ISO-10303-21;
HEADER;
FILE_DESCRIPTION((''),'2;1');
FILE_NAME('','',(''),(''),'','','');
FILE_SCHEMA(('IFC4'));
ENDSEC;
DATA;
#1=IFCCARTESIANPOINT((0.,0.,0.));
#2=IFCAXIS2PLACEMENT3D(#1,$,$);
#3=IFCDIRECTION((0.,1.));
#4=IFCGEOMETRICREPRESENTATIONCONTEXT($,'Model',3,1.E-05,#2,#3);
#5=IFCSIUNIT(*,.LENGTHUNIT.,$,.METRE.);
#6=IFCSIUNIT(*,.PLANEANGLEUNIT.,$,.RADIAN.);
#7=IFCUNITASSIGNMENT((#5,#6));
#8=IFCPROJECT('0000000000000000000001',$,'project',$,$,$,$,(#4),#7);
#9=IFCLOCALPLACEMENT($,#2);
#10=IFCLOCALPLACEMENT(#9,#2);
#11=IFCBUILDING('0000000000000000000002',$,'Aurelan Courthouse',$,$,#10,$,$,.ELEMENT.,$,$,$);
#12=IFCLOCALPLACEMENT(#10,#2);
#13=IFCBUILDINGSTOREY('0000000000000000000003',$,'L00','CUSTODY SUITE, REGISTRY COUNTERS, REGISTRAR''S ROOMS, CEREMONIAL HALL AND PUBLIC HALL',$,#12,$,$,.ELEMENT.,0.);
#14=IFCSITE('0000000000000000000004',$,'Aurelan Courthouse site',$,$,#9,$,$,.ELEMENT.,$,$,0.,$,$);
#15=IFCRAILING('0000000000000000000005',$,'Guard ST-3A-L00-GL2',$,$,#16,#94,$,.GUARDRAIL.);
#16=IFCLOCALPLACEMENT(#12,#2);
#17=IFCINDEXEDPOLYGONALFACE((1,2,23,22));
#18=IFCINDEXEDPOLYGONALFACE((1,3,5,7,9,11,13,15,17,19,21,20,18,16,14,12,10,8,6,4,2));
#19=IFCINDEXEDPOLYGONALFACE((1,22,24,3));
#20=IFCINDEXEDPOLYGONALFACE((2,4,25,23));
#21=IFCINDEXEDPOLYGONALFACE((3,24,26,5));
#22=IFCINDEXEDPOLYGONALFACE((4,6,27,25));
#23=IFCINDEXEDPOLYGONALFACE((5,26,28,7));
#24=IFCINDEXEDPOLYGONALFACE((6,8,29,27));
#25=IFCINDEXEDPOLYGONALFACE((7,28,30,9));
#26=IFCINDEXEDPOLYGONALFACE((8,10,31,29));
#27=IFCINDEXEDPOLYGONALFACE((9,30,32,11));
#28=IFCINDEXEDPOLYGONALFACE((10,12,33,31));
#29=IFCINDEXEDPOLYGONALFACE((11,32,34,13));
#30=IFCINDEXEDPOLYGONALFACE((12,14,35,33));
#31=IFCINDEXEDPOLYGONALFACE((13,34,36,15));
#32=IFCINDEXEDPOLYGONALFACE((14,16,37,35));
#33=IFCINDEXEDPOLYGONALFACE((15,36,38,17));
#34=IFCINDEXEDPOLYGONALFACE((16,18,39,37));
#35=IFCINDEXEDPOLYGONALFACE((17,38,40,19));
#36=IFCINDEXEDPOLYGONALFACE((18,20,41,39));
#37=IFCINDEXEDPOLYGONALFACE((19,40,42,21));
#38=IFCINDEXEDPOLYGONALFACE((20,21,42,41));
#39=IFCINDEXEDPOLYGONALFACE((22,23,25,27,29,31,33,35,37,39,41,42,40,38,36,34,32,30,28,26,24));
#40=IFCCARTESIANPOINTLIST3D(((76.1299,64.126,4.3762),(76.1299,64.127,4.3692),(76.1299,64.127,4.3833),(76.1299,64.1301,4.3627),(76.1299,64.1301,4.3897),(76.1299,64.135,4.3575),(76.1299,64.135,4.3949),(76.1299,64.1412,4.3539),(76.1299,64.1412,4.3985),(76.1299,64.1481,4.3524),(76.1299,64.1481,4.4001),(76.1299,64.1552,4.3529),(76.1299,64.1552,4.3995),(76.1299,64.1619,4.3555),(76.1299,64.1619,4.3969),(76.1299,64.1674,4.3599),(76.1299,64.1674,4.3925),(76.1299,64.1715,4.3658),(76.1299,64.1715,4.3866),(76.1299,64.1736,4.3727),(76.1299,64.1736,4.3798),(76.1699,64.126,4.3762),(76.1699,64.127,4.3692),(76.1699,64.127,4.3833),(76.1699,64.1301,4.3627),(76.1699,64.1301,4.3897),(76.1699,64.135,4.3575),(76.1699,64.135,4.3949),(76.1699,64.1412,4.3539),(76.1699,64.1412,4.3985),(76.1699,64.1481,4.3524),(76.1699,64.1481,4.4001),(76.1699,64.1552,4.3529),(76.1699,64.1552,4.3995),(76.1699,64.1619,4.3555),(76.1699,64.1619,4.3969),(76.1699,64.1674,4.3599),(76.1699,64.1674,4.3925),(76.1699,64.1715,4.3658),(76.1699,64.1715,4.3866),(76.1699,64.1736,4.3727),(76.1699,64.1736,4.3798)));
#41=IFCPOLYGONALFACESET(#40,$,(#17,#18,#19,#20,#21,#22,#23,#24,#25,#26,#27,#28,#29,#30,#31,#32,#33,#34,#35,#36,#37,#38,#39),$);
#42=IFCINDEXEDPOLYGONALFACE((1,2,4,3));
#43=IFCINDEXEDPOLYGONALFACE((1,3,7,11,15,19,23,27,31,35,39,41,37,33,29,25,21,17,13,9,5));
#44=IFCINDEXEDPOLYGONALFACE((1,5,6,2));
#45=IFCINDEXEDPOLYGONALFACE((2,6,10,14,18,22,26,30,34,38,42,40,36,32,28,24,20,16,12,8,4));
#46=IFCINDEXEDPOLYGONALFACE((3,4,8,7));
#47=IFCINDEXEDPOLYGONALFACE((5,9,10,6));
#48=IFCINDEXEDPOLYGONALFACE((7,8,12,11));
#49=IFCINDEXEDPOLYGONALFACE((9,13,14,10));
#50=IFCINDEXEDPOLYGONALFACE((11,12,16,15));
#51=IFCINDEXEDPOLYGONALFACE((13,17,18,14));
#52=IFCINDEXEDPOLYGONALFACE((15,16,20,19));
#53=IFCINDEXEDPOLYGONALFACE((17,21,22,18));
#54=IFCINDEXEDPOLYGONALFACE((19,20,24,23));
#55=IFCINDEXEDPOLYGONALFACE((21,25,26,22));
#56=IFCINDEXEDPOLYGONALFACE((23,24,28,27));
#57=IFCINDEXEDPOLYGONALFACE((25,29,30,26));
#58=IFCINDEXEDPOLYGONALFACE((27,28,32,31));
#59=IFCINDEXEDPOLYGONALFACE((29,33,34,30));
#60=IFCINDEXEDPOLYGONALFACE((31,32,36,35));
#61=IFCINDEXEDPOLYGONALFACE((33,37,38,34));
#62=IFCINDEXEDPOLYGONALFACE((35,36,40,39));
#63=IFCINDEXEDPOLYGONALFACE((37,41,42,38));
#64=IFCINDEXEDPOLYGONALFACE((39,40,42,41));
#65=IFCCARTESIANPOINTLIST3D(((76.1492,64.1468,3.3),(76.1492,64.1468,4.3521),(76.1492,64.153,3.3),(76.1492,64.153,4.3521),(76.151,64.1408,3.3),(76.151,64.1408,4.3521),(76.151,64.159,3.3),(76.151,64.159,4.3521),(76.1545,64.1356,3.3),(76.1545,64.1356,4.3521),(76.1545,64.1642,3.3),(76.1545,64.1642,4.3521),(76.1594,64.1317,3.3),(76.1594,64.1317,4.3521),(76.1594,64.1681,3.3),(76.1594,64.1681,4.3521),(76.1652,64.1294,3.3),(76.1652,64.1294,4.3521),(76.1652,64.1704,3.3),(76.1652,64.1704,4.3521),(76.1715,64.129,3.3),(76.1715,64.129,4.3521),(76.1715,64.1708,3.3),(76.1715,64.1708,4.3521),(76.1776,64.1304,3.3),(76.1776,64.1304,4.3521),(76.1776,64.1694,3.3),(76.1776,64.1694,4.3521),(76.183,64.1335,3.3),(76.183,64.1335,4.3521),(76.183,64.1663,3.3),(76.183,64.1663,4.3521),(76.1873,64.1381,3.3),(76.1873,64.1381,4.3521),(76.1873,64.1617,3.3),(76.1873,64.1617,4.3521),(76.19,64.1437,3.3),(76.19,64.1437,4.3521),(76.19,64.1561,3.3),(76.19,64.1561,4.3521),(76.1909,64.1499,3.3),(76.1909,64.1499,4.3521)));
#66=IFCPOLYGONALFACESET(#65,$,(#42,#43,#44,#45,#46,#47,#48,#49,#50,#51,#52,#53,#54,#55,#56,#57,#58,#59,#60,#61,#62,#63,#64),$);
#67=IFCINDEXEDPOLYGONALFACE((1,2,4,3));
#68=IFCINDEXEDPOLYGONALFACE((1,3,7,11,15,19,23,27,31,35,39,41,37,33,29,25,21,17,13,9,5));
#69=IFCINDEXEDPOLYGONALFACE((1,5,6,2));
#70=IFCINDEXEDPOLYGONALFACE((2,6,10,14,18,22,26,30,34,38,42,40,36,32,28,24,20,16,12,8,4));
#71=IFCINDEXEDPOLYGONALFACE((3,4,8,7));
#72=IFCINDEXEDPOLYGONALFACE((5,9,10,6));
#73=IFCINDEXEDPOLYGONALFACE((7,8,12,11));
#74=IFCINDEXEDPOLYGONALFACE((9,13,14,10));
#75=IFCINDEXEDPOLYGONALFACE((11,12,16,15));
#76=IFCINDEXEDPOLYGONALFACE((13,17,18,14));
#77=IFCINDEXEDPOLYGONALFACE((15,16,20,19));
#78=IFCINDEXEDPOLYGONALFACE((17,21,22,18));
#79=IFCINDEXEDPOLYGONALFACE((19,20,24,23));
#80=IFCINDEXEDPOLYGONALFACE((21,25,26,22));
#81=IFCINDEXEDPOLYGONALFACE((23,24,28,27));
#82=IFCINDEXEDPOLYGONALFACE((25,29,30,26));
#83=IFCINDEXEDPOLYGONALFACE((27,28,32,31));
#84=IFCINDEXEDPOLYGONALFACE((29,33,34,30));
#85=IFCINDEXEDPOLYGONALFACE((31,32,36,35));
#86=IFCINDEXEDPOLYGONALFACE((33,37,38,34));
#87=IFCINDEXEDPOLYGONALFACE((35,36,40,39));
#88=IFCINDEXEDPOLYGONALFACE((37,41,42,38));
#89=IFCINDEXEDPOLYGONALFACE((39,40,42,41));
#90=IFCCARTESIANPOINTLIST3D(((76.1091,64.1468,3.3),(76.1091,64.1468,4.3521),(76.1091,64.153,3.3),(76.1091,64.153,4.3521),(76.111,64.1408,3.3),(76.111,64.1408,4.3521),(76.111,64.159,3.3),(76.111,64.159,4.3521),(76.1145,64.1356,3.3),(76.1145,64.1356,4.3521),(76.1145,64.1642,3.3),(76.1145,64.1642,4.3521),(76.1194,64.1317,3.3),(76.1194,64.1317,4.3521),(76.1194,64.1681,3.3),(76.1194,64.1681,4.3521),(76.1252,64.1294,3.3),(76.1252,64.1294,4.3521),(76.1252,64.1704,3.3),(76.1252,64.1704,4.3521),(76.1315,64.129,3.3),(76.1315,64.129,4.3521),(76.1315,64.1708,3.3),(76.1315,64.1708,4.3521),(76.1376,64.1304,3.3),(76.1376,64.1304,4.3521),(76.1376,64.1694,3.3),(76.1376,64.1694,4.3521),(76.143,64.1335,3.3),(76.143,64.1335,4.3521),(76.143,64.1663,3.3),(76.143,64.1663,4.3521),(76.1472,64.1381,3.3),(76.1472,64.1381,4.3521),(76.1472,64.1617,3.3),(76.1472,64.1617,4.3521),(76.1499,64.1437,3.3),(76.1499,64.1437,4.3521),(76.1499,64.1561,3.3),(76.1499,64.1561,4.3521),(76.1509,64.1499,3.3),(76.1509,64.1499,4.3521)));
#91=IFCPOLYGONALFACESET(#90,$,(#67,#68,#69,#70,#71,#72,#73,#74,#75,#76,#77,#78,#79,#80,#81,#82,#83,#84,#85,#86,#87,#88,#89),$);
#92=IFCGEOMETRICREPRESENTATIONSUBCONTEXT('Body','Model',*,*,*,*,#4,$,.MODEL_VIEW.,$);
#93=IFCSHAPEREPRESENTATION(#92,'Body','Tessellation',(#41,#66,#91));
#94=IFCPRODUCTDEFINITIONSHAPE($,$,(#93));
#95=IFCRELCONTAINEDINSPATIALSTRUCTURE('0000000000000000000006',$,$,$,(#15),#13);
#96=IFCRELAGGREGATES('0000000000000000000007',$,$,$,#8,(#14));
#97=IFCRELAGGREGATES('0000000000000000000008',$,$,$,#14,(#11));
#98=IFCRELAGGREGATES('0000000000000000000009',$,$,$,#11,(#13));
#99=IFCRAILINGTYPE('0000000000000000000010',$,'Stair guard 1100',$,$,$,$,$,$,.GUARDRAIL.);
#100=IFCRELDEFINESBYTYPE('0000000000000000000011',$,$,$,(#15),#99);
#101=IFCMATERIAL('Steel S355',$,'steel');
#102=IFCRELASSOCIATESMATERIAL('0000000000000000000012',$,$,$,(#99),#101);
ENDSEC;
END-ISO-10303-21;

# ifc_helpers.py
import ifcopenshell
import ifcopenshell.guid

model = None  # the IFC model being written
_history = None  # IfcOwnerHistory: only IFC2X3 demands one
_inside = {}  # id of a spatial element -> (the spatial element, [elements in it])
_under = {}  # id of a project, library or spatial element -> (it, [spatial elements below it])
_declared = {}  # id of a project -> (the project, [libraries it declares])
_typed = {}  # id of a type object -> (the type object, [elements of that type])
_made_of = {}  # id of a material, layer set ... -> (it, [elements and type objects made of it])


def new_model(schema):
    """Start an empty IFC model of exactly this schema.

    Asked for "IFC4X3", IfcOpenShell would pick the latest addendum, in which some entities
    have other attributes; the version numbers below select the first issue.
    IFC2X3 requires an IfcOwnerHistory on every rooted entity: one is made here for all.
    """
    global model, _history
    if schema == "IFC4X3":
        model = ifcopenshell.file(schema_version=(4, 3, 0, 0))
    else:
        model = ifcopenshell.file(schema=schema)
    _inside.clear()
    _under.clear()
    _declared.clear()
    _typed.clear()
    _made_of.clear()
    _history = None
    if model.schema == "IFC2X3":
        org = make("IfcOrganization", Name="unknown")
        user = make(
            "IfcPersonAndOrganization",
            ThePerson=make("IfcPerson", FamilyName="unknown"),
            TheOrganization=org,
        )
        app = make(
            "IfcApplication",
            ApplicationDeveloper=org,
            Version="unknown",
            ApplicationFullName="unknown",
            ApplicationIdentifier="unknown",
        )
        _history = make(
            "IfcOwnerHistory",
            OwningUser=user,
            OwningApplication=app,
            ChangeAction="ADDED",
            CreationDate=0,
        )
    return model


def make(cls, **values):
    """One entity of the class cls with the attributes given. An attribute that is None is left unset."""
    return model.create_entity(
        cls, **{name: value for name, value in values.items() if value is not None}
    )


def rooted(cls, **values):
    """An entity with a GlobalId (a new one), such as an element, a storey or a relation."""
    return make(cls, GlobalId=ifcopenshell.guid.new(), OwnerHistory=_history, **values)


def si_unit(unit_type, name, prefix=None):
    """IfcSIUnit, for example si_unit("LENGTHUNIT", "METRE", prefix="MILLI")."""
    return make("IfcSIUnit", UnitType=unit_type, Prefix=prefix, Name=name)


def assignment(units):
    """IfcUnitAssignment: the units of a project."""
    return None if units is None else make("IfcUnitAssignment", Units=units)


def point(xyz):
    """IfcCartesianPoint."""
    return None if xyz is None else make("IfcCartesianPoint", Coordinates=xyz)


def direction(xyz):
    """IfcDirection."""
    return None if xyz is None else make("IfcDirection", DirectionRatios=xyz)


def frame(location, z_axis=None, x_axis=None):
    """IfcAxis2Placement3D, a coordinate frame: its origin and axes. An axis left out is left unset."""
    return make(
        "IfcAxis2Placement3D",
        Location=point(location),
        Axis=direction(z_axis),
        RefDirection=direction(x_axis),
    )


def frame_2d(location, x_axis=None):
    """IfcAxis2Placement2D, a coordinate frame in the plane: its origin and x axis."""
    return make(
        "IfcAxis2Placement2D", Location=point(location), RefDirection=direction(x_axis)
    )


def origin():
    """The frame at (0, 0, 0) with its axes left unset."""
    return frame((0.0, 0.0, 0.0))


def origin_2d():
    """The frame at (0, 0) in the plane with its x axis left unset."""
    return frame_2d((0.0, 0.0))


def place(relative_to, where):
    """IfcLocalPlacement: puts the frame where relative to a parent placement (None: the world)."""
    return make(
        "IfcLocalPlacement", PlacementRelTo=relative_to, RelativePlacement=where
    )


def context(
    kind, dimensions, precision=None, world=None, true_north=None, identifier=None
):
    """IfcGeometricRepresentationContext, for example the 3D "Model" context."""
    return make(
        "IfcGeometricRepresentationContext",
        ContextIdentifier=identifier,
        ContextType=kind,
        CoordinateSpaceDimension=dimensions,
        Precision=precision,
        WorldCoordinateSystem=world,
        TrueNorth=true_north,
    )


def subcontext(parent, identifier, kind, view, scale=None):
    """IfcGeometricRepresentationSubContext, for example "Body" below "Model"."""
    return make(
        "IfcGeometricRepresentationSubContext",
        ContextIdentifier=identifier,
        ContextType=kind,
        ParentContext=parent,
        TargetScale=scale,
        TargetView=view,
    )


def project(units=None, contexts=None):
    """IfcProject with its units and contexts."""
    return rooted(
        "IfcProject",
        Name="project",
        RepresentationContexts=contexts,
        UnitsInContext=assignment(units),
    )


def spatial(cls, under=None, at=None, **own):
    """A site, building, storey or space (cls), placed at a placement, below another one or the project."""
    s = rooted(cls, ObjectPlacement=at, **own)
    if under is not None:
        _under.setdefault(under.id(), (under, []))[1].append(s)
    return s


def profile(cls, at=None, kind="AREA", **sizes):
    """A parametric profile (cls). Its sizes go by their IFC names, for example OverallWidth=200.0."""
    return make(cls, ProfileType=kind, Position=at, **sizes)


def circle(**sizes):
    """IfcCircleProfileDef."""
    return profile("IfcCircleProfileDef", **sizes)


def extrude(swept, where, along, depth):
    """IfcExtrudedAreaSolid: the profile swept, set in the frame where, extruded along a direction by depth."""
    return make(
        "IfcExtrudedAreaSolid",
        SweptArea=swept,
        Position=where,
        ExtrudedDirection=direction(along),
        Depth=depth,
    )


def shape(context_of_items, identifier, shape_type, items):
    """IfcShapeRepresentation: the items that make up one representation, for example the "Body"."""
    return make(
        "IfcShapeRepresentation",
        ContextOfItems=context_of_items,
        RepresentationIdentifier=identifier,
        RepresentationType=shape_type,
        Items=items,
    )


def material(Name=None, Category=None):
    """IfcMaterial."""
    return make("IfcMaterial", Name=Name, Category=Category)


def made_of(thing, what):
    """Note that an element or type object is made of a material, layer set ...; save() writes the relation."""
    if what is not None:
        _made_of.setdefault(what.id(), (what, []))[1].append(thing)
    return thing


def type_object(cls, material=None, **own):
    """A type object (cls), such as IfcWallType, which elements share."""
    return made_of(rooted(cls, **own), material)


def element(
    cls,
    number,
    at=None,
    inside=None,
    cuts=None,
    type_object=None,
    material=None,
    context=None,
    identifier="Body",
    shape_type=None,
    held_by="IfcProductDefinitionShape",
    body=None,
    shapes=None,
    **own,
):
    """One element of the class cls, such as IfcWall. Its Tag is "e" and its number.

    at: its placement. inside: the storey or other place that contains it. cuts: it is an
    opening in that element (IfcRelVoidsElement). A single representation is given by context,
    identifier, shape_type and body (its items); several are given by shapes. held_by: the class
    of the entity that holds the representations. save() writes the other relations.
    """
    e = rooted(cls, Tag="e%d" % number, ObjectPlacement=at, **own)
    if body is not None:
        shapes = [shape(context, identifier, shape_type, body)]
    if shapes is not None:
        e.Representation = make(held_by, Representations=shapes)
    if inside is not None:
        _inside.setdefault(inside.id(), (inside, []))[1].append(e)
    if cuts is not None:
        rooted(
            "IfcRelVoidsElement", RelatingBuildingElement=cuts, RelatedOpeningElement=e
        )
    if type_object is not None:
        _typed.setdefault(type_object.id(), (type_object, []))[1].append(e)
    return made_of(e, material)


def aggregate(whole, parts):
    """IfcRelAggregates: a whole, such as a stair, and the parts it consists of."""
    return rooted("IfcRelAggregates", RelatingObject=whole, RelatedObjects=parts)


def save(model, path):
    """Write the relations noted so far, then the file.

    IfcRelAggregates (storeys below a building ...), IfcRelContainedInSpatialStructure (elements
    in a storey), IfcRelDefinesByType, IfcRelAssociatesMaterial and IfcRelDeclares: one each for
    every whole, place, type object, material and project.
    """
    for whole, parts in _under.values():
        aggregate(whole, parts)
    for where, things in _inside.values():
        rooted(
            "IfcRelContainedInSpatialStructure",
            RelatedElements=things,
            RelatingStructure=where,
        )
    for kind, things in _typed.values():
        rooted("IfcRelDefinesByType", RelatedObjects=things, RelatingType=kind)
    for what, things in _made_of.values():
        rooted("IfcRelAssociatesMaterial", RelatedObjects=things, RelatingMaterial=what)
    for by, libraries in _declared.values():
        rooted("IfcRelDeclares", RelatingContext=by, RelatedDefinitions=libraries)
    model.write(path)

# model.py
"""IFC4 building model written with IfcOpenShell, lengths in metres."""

from ifc_helpers import new_model, si_unit, direction, frame, origin, origin_2d, place, context, subcontext, project, spatial, circle, extrude, material, type_object, element, save


model = new_model("IFC4")

# Units and contexts
model_context = context("Model", 3, precision=1e-05, world=origin(), true_north=direction((0.0, 1.0)))
body_context = subcontext(model_context, "Body", "Model", "MODEL_VIEW")
ifc_project = project(units=[si_unit("LENGTHUNIT", "METRE"), si_unit("PLANEANGLEUNIT", "RADIAN")], contexts=[model_context])

# Site, building, storey
site_placement = place(None, origin())
site = spatial("IfcSite", under=ifc_project, at=site_placement, Name="Aurelan Courthouse site", CompositionType="ELEMENT", RefElevation=0.0)
building_placement = place(site_placement, origin())
building = spatial("IfcBuilding", under=site, at=building_placement, Name="Aurelan Courthouse", CompositionType="ELEMENT")
storey_placement = place(building_placement, origin())
storey = spatial("IfcBuildingStorey", under=building, at=storey_placement, Name="L00", Description="CUSTODY SUITE, REGISTRY COUNTERS, REGISTRAR'S ROOMS, CEREMONIAL HALL AND PUBLIC HALL", CompositionType="ELEMENT", Elevation=0.0)

# Railing
ifc_material_1 = material(Name="Steel S355", Category="steel")
railing_type_1 = type_object("IfcRailingType", Name="Stair guard 1100", PredefinedType="GUARDRAIL", material=ifc_material_1)
railing_1_placement = place(storey_placement, frame((76.1699, 64.1499, 3.3)))
element("IfcRailing", 1, at=railing_1_placement, inside=storey, type_object=railing_type_1, Name="Guard ST-3A-L00-GL2", PredefinedType="GUARDRAIL", context=body_context, shape_type="SweptSolid", body=[
    extrude(circle(Radius=0.0239, at=origin_2d()), frame((0.0, 0.0, 1.0762), z_axis=(-1.0, 0.0, 0.0), x_axis=(0.0, -1.0, 0.0)), (0.0, 0.0, 1.0), 0.04),
    extrude(circle(Radius=0.021, at=origin_2d()), origin(), (0.0, 0.0, 1.0), 1.052),
    extrude(circle(Radius=0.021, at=origin_2d()), frame((-0.04, 0.0, 0.0)), (0.0, 0.0, 1.0), 1.052),
])

save(model, "model.ifc")
